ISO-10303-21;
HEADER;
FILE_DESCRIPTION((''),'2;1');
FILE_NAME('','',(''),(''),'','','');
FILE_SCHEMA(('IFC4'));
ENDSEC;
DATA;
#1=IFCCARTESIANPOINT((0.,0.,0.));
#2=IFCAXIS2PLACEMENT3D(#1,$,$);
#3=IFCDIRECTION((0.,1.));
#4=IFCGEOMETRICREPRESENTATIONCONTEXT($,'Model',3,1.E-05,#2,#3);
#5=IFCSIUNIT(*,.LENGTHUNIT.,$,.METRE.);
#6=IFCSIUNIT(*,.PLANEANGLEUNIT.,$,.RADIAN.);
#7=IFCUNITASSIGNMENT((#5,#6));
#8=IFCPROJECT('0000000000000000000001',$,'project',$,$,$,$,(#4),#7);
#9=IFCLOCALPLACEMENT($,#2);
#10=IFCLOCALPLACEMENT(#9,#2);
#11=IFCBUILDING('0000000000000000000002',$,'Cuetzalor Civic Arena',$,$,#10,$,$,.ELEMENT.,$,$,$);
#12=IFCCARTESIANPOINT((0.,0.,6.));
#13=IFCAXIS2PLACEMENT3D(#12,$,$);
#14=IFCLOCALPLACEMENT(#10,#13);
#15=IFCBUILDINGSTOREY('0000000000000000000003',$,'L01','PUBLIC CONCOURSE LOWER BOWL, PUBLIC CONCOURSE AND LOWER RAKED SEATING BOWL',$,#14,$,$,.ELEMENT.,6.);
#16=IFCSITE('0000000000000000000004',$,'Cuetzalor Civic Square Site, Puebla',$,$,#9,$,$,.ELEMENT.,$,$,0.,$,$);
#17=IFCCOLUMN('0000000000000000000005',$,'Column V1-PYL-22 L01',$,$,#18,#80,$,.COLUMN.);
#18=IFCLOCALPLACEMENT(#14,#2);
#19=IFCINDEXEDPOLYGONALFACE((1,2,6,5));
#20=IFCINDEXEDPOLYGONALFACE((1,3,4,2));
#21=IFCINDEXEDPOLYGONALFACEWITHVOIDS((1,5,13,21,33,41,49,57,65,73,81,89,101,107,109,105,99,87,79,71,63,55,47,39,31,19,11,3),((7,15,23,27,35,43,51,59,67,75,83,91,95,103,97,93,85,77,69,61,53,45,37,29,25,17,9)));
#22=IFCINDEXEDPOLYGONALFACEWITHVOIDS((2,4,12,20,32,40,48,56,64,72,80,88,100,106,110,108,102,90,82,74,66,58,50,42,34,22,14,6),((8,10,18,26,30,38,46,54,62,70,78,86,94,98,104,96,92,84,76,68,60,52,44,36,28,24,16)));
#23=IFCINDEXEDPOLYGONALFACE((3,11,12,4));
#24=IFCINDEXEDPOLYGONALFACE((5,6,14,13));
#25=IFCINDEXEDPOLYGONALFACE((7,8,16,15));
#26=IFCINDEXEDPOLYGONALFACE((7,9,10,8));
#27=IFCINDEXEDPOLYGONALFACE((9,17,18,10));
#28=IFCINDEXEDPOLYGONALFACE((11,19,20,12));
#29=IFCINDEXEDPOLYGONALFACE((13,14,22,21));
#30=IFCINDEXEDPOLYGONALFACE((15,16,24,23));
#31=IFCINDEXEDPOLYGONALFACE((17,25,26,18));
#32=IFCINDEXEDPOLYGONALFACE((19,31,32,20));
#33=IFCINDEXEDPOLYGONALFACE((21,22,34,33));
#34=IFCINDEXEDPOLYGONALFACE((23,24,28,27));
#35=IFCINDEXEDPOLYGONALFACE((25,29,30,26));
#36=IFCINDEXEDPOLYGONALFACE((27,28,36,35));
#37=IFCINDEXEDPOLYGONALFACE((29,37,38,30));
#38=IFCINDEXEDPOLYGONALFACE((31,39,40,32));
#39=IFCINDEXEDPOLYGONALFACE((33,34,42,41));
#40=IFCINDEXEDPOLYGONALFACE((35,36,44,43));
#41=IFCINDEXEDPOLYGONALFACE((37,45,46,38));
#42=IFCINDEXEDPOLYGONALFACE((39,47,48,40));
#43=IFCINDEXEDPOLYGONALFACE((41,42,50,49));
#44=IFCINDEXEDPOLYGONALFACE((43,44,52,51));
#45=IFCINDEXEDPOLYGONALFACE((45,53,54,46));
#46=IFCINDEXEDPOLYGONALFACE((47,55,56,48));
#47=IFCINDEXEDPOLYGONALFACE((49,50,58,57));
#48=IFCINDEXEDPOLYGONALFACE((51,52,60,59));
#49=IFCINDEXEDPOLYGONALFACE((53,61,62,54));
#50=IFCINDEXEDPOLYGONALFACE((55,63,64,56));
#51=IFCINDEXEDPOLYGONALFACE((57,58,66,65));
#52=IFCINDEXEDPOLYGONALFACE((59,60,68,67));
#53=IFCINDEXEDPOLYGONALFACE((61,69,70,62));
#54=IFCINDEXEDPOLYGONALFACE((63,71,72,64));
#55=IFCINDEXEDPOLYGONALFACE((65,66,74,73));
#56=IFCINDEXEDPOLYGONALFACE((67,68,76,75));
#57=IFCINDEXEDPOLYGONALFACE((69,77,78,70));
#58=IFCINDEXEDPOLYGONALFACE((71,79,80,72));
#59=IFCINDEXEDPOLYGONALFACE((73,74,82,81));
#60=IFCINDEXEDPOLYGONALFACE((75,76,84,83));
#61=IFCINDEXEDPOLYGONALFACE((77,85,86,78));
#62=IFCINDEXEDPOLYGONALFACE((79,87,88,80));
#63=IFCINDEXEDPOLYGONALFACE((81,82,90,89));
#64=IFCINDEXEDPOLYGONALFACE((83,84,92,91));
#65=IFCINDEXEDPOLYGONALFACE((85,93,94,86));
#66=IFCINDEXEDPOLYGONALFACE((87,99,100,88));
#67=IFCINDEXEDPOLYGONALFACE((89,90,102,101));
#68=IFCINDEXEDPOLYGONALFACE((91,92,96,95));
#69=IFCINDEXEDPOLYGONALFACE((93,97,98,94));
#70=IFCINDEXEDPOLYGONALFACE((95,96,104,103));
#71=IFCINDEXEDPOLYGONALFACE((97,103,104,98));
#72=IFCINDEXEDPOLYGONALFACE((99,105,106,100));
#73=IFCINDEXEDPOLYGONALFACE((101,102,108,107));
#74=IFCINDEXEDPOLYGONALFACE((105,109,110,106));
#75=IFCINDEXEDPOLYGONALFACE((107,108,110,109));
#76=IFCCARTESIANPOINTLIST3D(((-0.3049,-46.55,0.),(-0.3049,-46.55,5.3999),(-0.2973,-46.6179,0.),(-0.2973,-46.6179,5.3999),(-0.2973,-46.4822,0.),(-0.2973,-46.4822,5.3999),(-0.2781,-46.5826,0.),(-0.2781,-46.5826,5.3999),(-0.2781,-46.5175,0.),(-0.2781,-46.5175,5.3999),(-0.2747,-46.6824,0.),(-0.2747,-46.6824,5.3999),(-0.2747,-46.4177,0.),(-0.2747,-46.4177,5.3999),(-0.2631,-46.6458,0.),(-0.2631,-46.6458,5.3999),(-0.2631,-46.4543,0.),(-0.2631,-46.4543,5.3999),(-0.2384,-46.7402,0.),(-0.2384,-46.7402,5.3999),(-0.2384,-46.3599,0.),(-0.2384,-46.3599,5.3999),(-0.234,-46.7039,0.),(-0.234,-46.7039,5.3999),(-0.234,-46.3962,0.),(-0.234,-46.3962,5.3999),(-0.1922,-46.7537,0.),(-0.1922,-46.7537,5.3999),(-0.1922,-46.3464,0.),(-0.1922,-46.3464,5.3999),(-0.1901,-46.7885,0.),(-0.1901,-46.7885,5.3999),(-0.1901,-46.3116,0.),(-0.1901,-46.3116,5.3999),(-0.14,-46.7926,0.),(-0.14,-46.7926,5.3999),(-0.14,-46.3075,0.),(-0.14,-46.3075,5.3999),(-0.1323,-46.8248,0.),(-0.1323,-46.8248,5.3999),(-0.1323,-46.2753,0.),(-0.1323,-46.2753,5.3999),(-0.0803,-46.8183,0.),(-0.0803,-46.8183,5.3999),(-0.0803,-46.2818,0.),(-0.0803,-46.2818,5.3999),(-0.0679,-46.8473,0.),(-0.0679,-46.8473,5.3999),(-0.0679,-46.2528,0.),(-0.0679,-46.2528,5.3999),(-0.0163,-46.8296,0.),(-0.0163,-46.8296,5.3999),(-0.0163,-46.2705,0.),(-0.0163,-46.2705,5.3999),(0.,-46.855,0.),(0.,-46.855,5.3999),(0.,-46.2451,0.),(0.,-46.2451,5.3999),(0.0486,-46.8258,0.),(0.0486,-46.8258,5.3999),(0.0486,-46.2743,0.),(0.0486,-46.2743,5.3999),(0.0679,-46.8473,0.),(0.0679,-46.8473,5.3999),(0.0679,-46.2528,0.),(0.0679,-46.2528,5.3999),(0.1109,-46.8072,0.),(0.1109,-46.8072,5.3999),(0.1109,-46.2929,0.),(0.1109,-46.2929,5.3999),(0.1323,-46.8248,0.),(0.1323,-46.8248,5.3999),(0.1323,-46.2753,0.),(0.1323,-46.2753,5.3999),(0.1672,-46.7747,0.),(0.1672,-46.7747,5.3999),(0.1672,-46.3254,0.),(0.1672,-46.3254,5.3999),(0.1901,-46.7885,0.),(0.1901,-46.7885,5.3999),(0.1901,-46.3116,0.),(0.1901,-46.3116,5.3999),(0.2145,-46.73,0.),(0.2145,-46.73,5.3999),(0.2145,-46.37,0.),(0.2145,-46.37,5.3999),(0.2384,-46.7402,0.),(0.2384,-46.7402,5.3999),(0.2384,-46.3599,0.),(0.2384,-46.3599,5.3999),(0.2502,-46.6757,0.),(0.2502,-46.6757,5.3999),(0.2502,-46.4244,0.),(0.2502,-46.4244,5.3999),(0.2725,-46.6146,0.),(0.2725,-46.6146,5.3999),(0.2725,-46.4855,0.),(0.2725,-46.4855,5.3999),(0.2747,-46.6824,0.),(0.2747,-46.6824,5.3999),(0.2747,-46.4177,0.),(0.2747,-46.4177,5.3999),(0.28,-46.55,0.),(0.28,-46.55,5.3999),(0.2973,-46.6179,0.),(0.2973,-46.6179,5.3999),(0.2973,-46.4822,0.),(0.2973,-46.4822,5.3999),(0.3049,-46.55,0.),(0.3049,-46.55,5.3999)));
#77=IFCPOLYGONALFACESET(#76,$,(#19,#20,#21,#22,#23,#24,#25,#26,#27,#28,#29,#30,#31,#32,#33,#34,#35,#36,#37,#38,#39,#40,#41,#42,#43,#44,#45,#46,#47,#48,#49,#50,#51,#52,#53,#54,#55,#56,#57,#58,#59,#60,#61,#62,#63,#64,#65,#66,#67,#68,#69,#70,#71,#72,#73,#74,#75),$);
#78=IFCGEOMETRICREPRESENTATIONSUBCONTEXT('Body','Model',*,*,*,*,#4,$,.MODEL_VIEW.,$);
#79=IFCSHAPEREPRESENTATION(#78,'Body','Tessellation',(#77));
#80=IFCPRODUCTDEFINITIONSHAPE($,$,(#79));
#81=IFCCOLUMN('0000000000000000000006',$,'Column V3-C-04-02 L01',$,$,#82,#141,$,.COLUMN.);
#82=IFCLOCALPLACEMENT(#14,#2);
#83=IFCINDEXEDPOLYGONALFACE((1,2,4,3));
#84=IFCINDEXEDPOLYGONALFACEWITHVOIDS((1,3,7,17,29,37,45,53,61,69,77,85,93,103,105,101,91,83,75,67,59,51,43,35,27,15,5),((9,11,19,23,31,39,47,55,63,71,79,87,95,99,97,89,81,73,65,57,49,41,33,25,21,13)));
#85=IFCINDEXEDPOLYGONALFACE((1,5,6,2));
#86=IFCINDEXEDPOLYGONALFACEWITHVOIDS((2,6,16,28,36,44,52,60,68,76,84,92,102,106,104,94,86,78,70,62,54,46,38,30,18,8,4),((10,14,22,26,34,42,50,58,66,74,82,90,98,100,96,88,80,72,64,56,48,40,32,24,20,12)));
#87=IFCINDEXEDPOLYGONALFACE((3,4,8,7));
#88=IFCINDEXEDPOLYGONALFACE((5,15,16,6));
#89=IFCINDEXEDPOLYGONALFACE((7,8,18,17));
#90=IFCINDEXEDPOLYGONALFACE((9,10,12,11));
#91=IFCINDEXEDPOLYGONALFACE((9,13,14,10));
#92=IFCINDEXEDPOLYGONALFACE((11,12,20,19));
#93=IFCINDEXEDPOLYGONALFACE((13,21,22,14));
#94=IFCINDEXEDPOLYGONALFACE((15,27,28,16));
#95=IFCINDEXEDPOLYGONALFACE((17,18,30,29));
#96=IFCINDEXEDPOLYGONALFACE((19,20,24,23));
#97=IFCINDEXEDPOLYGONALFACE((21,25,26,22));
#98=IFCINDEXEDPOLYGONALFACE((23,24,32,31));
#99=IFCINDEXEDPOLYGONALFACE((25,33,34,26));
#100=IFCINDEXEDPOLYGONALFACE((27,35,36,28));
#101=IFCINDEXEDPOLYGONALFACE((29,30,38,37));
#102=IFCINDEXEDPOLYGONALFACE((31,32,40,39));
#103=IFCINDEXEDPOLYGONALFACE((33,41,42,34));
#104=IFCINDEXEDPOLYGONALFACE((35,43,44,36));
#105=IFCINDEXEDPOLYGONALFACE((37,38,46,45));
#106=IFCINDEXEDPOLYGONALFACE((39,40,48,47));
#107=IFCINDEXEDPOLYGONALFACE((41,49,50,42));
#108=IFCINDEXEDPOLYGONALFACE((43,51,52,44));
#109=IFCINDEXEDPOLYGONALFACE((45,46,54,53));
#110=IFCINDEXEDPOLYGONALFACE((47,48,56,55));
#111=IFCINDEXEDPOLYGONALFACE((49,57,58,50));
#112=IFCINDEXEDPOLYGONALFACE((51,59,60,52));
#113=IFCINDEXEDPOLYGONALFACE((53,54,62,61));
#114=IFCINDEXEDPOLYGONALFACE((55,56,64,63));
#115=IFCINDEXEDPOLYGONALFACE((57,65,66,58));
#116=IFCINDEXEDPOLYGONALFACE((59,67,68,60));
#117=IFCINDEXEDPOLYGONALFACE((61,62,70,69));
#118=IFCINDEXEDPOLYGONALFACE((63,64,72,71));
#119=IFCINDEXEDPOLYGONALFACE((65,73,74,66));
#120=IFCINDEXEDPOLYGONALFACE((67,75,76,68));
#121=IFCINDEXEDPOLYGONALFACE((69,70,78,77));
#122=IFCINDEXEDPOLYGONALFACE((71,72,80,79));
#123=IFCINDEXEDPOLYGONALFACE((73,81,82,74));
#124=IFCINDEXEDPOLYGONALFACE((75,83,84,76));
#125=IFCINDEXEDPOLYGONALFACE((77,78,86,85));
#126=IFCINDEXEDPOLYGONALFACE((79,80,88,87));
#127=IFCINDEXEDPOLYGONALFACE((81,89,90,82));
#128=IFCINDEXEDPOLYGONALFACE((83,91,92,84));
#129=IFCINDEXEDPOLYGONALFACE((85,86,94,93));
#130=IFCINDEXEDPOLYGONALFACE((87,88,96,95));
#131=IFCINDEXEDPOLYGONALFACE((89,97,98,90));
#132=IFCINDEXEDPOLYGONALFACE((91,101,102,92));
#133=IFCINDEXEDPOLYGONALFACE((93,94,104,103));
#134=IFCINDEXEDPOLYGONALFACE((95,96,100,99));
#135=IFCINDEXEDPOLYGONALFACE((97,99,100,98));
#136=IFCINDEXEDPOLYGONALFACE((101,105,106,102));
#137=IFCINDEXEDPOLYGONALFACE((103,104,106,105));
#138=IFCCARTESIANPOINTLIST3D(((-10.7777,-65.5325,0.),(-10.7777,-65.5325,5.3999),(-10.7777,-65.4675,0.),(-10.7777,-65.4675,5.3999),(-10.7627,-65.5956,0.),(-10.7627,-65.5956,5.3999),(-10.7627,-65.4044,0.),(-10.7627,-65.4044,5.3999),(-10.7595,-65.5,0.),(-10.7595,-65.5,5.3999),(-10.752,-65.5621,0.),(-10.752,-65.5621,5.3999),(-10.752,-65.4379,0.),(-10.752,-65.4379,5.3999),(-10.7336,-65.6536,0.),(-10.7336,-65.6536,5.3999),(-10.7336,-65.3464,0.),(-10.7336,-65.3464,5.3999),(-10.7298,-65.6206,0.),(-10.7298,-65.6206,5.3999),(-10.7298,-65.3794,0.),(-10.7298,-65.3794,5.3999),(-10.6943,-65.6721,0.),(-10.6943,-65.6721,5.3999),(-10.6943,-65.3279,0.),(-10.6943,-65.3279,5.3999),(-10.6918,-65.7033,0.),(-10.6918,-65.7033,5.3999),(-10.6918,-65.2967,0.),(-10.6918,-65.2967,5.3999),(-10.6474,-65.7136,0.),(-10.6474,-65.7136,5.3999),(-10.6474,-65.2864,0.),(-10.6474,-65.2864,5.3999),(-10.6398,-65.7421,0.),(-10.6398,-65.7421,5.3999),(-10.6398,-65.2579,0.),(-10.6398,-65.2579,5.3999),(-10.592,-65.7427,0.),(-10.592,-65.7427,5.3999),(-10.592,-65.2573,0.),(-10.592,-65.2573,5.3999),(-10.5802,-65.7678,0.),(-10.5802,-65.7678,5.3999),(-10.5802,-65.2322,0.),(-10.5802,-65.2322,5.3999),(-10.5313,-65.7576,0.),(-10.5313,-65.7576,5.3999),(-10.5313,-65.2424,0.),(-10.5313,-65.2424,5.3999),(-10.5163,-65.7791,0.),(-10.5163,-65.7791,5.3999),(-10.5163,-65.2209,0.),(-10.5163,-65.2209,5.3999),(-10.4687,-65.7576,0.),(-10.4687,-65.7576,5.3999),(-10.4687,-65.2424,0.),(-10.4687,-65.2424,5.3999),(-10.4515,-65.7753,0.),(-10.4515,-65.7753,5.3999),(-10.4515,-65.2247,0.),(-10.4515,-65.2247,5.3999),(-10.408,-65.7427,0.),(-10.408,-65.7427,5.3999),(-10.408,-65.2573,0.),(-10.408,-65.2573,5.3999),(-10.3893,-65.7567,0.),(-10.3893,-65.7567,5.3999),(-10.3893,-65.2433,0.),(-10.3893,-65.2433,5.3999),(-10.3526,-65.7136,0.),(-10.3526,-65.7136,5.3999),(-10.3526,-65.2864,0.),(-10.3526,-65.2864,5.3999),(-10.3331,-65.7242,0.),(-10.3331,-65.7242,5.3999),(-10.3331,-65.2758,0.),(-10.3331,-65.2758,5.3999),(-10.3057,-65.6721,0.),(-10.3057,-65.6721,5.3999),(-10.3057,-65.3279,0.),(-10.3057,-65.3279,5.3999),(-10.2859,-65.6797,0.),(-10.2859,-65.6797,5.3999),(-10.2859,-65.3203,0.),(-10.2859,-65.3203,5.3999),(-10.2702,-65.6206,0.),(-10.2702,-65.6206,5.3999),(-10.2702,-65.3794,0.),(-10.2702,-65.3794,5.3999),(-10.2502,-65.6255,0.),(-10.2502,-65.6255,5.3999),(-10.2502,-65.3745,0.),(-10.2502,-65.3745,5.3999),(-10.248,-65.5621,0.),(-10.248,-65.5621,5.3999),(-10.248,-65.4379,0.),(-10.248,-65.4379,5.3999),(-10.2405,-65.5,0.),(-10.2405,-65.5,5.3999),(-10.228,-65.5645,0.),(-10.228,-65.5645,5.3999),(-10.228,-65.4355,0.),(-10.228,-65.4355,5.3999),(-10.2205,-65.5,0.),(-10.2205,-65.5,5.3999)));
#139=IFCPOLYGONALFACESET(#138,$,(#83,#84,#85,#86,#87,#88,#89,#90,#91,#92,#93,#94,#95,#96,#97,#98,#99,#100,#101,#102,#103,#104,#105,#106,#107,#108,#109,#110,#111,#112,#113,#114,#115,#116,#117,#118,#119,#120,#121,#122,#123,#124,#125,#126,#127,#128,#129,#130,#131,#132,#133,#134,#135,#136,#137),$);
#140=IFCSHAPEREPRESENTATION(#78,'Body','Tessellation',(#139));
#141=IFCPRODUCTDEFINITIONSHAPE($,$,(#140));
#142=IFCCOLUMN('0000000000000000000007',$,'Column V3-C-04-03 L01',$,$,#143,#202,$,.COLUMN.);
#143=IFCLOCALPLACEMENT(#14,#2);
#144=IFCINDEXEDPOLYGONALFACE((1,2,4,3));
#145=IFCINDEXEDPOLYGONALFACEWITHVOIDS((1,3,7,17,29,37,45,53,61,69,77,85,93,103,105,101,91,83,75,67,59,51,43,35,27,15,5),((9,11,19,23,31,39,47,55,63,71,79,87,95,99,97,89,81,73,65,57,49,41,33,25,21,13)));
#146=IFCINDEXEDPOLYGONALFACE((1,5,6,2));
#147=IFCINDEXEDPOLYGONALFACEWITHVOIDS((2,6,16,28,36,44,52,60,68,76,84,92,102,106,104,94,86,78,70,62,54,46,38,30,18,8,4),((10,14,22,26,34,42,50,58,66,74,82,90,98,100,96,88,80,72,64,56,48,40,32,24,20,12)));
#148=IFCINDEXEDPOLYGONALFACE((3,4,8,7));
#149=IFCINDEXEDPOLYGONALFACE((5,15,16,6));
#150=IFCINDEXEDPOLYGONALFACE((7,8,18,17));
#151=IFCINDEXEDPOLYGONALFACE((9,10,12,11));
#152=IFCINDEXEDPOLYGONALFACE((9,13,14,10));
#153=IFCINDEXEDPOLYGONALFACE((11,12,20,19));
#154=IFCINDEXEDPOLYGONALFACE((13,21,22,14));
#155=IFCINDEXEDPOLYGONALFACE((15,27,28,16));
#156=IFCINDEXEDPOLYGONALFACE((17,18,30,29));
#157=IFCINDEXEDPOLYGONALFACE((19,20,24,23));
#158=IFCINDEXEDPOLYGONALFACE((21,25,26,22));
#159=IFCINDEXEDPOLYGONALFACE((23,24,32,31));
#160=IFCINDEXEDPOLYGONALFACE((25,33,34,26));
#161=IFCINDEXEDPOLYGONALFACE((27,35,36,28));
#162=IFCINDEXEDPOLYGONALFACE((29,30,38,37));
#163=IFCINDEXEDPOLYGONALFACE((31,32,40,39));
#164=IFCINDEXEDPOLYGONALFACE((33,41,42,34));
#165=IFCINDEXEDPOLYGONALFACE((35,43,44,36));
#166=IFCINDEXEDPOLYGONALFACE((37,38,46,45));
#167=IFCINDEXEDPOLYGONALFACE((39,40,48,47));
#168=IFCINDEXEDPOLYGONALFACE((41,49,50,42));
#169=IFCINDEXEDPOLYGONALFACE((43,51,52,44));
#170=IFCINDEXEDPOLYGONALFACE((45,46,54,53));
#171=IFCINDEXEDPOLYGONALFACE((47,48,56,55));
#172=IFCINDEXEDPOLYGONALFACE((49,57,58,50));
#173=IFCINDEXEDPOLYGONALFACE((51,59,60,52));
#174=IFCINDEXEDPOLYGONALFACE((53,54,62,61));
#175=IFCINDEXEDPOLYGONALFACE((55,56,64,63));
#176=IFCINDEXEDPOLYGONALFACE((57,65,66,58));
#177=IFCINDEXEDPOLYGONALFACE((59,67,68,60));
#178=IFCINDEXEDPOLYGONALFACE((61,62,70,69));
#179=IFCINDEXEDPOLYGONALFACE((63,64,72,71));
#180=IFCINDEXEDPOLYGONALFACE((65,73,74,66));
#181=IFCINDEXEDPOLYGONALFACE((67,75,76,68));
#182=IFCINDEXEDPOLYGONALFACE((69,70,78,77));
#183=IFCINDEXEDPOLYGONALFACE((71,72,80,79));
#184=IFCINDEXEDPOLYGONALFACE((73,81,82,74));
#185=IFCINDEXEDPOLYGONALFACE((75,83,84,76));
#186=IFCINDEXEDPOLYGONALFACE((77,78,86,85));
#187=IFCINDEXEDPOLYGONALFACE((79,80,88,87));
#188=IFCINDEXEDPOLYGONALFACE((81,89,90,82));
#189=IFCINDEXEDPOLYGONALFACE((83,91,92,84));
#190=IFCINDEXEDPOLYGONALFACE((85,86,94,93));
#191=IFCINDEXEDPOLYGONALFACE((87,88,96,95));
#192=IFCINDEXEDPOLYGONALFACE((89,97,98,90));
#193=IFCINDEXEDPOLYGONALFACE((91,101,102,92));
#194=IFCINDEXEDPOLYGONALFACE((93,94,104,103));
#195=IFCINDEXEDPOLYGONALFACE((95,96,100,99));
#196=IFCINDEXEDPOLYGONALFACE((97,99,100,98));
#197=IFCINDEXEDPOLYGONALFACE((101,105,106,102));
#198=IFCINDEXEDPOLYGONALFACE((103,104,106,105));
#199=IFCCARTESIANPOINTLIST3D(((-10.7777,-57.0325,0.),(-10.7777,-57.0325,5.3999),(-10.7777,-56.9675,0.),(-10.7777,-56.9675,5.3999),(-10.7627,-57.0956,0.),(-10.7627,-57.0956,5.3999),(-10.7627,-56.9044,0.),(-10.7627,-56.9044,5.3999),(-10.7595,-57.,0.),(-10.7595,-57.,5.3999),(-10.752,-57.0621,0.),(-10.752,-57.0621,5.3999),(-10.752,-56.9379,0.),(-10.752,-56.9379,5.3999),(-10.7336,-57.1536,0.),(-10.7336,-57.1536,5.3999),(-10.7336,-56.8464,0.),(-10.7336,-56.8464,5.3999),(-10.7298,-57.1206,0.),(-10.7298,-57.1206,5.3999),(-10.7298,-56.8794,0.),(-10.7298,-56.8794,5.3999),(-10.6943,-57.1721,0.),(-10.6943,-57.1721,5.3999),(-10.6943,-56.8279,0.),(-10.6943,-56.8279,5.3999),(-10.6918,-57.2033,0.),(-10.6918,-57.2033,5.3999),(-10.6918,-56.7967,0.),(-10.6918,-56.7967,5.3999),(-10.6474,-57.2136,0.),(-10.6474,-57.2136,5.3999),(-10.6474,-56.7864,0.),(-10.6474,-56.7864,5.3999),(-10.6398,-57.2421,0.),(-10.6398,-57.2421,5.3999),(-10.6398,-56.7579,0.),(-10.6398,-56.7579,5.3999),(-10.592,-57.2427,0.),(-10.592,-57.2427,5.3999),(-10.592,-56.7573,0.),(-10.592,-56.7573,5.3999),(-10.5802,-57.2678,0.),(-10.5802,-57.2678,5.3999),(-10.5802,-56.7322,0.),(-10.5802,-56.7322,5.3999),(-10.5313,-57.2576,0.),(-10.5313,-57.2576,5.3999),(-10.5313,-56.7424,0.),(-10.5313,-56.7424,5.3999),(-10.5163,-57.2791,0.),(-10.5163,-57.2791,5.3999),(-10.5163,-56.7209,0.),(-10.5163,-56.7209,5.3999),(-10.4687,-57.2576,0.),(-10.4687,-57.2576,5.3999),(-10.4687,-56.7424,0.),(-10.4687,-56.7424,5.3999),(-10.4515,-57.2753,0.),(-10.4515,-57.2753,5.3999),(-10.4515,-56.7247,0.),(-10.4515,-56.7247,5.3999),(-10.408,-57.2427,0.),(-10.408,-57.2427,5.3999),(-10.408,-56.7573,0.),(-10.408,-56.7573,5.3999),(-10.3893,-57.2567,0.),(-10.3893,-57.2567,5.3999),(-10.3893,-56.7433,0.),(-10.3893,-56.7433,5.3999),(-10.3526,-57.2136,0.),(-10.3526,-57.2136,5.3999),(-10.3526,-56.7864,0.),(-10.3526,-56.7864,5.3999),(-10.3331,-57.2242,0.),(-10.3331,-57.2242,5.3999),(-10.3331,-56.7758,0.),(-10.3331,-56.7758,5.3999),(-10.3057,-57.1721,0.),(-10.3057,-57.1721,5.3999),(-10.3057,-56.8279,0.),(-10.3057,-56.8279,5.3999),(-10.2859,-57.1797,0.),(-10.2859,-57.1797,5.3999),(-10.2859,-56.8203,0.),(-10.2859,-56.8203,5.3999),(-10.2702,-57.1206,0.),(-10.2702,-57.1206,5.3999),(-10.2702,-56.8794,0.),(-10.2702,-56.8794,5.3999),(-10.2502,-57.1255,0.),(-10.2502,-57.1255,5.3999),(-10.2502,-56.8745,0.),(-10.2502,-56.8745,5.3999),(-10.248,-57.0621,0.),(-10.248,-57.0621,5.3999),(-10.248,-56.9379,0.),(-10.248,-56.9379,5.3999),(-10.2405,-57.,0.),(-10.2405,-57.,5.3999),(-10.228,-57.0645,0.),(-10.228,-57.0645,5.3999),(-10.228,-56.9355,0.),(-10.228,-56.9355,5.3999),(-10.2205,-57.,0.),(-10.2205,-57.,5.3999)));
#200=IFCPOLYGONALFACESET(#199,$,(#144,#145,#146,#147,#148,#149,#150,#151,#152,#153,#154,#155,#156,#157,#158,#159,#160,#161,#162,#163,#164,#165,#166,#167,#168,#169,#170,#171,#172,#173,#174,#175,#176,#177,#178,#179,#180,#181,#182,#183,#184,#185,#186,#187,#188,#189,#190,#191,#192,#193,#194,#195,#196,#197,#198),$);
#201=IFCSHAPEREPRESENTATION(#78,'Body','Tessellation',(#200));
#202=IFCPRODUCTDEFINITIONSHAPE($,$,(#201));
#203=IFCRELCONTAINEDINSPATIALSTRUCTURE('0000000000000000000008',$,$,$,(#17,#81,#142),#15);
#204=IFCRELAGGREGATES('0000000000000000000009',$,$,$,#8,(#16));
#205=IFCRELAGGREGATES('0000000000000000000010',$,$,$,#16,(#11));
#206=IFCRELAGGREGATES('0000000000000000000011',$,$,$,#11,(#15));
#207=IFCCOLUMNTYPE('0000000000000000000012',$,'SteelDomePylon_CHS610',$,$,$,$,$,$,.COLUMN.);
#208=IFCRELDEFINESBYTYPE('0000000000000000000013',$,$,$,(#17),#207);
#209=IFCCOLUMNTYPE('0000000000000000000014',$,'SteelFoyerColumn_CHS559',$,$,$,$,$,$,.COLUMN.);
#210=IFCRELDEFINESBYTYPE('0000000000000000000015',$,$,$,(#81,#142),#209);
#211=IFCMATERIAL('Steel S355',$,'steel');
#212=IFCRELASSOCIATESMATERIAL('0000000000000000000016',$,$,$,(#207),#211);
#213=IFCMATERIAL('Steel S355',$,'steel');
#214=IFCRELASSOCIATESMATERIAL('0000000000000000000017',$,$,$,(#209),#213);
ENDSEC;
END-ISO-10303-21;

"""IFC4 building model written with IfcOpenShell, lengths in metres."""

from ifc_helpers import new_model, si_unit, direction, frame, origin, origin_2d, place, context, subcontext, project, spatial, hollow_circle, extrude, material, material_profile, profile_set, type_object, element, save


model = new_model("IFC4")

# Units and contexts
model_context = context("Model", 3, precision=1e-05, world=origin(), true_north=direction((0.0, 1.0)))
body_context = subcontext(model_context, "Body", "Model", "MODEL_VIEW")
ifc_project = project(units=[si_unit("LENGTHUNIT", "METRE"), si_unit("PLANEANGLEUNIT", "RADIAN")], contexts=[model_context])

# Site, building, storey
site_placement = place(None, origin())
site = spatial("IfcSite", under=ifc_project, at=site_placement, Name="Cuetzalor Civic Square Site, Puebla", CompositionType="ELEMENT", RefElevation=0.0)
building_placement = place(site_placement, origin())
building = spatial("IfcBuilding", under=site, at=building_placement, Name="Cuetzalor Civic Arena", CompositionType="ELEMENT")
storey_placement = place(building_placement, frame((0.0, 0.0, 6.0)))
storey = spatial("IfcBuildingStorey", under=building, at=storey_placement, Name="L01", Description="PUBLIC CONCOURSE LOWER BOWL, PUBLIC CONCOURSE AND LOWER RAKED SEATING BOWL", CompositionType="ELEMENT", Elevation=6.0)

# Columns
ifc_material_1 = material(Name="Steel S355", Category="steel")
ifc_material_profile_1 = material_profile(ifc_material_1, hollow_circle(Radius=0.3049, WallThickness=0.0249, at=origin_2d()), Name="CHS 610x25")
ifc_profile_set_1 = profile_set([ifc_material_profile_1], Name="Steel S355")
column_type_1 = type_object("IfcColumnType", Name="SteelDomePylon_CHS610", PredefinedType="COLUMN", material=ifc_profile_set_1)
column_placement = place(storey_placement, frame((0.0, -46.55, 0.0), z_axis=(0.0, 0.0, 1.0), x_axis=(1.0, 0.0, 0.0)))
element("IfcColumn", 1, at=column_placement, inside=storey, type_object=column_type_1, Name="Column V1-PYL-22 L01", PredefinedType="COLUMN", context=body_context, shape_type="SweptSolid", body=[
    extrude(hollow_circle(Radius=0.3049, WallThickness=0.0249, at=origin_2d()), origin(), (0.0, 0.0, 1.0), 5.3999),
])
ifc_material_2 = material(Name="Steel S355", Category="steel")
ifc_material_profile_2 = material_profile(ifc_material_2, hollow_circle(Radius=0.2795, WallThickness=0.02, at=origin_2d()), Name="CHS 559x20")
ifc_profile_set_2 = profile_set([ifc_material_profile_2], Name="Steel S355")
column_type_2 = type_object("IfcColumnType", Name="SteelFoyerColumn_CHS559", PredefinedType="COLUMN", material=ifc_profile_set_2)
for number, where, z_axis, x_axis, name in (
    (2, (-10.5, -65.5, 0.0), (0.0, 0.0, 1.0), (1.0, 0.0, 0.0), "Column V3-C-04-02 L01"),
    (3, (-10.5, -57.0, 0.0), (0.0, 0.0, 1.0), (1.0, 0.0, 0.0), "Column V3-C-04-03 L01"),
):
    element("IfcColumn", number, at=place(storey_placement, frame(where, z_axis=z_axis, x_axis=x_axis)), inside=storey, type_object=column_type_2, Name=name, PredefinedType="COLUMN", context=body_context, shape_type="SweptSolid", body=[
        extrude(hollow_circle(Radius=0.2795, WallThickness=0.02, at=origin_2d()), origin(), (0.0, 0.0, 1.0), 5.3999),
    ])

save(model, "model.ifc")
